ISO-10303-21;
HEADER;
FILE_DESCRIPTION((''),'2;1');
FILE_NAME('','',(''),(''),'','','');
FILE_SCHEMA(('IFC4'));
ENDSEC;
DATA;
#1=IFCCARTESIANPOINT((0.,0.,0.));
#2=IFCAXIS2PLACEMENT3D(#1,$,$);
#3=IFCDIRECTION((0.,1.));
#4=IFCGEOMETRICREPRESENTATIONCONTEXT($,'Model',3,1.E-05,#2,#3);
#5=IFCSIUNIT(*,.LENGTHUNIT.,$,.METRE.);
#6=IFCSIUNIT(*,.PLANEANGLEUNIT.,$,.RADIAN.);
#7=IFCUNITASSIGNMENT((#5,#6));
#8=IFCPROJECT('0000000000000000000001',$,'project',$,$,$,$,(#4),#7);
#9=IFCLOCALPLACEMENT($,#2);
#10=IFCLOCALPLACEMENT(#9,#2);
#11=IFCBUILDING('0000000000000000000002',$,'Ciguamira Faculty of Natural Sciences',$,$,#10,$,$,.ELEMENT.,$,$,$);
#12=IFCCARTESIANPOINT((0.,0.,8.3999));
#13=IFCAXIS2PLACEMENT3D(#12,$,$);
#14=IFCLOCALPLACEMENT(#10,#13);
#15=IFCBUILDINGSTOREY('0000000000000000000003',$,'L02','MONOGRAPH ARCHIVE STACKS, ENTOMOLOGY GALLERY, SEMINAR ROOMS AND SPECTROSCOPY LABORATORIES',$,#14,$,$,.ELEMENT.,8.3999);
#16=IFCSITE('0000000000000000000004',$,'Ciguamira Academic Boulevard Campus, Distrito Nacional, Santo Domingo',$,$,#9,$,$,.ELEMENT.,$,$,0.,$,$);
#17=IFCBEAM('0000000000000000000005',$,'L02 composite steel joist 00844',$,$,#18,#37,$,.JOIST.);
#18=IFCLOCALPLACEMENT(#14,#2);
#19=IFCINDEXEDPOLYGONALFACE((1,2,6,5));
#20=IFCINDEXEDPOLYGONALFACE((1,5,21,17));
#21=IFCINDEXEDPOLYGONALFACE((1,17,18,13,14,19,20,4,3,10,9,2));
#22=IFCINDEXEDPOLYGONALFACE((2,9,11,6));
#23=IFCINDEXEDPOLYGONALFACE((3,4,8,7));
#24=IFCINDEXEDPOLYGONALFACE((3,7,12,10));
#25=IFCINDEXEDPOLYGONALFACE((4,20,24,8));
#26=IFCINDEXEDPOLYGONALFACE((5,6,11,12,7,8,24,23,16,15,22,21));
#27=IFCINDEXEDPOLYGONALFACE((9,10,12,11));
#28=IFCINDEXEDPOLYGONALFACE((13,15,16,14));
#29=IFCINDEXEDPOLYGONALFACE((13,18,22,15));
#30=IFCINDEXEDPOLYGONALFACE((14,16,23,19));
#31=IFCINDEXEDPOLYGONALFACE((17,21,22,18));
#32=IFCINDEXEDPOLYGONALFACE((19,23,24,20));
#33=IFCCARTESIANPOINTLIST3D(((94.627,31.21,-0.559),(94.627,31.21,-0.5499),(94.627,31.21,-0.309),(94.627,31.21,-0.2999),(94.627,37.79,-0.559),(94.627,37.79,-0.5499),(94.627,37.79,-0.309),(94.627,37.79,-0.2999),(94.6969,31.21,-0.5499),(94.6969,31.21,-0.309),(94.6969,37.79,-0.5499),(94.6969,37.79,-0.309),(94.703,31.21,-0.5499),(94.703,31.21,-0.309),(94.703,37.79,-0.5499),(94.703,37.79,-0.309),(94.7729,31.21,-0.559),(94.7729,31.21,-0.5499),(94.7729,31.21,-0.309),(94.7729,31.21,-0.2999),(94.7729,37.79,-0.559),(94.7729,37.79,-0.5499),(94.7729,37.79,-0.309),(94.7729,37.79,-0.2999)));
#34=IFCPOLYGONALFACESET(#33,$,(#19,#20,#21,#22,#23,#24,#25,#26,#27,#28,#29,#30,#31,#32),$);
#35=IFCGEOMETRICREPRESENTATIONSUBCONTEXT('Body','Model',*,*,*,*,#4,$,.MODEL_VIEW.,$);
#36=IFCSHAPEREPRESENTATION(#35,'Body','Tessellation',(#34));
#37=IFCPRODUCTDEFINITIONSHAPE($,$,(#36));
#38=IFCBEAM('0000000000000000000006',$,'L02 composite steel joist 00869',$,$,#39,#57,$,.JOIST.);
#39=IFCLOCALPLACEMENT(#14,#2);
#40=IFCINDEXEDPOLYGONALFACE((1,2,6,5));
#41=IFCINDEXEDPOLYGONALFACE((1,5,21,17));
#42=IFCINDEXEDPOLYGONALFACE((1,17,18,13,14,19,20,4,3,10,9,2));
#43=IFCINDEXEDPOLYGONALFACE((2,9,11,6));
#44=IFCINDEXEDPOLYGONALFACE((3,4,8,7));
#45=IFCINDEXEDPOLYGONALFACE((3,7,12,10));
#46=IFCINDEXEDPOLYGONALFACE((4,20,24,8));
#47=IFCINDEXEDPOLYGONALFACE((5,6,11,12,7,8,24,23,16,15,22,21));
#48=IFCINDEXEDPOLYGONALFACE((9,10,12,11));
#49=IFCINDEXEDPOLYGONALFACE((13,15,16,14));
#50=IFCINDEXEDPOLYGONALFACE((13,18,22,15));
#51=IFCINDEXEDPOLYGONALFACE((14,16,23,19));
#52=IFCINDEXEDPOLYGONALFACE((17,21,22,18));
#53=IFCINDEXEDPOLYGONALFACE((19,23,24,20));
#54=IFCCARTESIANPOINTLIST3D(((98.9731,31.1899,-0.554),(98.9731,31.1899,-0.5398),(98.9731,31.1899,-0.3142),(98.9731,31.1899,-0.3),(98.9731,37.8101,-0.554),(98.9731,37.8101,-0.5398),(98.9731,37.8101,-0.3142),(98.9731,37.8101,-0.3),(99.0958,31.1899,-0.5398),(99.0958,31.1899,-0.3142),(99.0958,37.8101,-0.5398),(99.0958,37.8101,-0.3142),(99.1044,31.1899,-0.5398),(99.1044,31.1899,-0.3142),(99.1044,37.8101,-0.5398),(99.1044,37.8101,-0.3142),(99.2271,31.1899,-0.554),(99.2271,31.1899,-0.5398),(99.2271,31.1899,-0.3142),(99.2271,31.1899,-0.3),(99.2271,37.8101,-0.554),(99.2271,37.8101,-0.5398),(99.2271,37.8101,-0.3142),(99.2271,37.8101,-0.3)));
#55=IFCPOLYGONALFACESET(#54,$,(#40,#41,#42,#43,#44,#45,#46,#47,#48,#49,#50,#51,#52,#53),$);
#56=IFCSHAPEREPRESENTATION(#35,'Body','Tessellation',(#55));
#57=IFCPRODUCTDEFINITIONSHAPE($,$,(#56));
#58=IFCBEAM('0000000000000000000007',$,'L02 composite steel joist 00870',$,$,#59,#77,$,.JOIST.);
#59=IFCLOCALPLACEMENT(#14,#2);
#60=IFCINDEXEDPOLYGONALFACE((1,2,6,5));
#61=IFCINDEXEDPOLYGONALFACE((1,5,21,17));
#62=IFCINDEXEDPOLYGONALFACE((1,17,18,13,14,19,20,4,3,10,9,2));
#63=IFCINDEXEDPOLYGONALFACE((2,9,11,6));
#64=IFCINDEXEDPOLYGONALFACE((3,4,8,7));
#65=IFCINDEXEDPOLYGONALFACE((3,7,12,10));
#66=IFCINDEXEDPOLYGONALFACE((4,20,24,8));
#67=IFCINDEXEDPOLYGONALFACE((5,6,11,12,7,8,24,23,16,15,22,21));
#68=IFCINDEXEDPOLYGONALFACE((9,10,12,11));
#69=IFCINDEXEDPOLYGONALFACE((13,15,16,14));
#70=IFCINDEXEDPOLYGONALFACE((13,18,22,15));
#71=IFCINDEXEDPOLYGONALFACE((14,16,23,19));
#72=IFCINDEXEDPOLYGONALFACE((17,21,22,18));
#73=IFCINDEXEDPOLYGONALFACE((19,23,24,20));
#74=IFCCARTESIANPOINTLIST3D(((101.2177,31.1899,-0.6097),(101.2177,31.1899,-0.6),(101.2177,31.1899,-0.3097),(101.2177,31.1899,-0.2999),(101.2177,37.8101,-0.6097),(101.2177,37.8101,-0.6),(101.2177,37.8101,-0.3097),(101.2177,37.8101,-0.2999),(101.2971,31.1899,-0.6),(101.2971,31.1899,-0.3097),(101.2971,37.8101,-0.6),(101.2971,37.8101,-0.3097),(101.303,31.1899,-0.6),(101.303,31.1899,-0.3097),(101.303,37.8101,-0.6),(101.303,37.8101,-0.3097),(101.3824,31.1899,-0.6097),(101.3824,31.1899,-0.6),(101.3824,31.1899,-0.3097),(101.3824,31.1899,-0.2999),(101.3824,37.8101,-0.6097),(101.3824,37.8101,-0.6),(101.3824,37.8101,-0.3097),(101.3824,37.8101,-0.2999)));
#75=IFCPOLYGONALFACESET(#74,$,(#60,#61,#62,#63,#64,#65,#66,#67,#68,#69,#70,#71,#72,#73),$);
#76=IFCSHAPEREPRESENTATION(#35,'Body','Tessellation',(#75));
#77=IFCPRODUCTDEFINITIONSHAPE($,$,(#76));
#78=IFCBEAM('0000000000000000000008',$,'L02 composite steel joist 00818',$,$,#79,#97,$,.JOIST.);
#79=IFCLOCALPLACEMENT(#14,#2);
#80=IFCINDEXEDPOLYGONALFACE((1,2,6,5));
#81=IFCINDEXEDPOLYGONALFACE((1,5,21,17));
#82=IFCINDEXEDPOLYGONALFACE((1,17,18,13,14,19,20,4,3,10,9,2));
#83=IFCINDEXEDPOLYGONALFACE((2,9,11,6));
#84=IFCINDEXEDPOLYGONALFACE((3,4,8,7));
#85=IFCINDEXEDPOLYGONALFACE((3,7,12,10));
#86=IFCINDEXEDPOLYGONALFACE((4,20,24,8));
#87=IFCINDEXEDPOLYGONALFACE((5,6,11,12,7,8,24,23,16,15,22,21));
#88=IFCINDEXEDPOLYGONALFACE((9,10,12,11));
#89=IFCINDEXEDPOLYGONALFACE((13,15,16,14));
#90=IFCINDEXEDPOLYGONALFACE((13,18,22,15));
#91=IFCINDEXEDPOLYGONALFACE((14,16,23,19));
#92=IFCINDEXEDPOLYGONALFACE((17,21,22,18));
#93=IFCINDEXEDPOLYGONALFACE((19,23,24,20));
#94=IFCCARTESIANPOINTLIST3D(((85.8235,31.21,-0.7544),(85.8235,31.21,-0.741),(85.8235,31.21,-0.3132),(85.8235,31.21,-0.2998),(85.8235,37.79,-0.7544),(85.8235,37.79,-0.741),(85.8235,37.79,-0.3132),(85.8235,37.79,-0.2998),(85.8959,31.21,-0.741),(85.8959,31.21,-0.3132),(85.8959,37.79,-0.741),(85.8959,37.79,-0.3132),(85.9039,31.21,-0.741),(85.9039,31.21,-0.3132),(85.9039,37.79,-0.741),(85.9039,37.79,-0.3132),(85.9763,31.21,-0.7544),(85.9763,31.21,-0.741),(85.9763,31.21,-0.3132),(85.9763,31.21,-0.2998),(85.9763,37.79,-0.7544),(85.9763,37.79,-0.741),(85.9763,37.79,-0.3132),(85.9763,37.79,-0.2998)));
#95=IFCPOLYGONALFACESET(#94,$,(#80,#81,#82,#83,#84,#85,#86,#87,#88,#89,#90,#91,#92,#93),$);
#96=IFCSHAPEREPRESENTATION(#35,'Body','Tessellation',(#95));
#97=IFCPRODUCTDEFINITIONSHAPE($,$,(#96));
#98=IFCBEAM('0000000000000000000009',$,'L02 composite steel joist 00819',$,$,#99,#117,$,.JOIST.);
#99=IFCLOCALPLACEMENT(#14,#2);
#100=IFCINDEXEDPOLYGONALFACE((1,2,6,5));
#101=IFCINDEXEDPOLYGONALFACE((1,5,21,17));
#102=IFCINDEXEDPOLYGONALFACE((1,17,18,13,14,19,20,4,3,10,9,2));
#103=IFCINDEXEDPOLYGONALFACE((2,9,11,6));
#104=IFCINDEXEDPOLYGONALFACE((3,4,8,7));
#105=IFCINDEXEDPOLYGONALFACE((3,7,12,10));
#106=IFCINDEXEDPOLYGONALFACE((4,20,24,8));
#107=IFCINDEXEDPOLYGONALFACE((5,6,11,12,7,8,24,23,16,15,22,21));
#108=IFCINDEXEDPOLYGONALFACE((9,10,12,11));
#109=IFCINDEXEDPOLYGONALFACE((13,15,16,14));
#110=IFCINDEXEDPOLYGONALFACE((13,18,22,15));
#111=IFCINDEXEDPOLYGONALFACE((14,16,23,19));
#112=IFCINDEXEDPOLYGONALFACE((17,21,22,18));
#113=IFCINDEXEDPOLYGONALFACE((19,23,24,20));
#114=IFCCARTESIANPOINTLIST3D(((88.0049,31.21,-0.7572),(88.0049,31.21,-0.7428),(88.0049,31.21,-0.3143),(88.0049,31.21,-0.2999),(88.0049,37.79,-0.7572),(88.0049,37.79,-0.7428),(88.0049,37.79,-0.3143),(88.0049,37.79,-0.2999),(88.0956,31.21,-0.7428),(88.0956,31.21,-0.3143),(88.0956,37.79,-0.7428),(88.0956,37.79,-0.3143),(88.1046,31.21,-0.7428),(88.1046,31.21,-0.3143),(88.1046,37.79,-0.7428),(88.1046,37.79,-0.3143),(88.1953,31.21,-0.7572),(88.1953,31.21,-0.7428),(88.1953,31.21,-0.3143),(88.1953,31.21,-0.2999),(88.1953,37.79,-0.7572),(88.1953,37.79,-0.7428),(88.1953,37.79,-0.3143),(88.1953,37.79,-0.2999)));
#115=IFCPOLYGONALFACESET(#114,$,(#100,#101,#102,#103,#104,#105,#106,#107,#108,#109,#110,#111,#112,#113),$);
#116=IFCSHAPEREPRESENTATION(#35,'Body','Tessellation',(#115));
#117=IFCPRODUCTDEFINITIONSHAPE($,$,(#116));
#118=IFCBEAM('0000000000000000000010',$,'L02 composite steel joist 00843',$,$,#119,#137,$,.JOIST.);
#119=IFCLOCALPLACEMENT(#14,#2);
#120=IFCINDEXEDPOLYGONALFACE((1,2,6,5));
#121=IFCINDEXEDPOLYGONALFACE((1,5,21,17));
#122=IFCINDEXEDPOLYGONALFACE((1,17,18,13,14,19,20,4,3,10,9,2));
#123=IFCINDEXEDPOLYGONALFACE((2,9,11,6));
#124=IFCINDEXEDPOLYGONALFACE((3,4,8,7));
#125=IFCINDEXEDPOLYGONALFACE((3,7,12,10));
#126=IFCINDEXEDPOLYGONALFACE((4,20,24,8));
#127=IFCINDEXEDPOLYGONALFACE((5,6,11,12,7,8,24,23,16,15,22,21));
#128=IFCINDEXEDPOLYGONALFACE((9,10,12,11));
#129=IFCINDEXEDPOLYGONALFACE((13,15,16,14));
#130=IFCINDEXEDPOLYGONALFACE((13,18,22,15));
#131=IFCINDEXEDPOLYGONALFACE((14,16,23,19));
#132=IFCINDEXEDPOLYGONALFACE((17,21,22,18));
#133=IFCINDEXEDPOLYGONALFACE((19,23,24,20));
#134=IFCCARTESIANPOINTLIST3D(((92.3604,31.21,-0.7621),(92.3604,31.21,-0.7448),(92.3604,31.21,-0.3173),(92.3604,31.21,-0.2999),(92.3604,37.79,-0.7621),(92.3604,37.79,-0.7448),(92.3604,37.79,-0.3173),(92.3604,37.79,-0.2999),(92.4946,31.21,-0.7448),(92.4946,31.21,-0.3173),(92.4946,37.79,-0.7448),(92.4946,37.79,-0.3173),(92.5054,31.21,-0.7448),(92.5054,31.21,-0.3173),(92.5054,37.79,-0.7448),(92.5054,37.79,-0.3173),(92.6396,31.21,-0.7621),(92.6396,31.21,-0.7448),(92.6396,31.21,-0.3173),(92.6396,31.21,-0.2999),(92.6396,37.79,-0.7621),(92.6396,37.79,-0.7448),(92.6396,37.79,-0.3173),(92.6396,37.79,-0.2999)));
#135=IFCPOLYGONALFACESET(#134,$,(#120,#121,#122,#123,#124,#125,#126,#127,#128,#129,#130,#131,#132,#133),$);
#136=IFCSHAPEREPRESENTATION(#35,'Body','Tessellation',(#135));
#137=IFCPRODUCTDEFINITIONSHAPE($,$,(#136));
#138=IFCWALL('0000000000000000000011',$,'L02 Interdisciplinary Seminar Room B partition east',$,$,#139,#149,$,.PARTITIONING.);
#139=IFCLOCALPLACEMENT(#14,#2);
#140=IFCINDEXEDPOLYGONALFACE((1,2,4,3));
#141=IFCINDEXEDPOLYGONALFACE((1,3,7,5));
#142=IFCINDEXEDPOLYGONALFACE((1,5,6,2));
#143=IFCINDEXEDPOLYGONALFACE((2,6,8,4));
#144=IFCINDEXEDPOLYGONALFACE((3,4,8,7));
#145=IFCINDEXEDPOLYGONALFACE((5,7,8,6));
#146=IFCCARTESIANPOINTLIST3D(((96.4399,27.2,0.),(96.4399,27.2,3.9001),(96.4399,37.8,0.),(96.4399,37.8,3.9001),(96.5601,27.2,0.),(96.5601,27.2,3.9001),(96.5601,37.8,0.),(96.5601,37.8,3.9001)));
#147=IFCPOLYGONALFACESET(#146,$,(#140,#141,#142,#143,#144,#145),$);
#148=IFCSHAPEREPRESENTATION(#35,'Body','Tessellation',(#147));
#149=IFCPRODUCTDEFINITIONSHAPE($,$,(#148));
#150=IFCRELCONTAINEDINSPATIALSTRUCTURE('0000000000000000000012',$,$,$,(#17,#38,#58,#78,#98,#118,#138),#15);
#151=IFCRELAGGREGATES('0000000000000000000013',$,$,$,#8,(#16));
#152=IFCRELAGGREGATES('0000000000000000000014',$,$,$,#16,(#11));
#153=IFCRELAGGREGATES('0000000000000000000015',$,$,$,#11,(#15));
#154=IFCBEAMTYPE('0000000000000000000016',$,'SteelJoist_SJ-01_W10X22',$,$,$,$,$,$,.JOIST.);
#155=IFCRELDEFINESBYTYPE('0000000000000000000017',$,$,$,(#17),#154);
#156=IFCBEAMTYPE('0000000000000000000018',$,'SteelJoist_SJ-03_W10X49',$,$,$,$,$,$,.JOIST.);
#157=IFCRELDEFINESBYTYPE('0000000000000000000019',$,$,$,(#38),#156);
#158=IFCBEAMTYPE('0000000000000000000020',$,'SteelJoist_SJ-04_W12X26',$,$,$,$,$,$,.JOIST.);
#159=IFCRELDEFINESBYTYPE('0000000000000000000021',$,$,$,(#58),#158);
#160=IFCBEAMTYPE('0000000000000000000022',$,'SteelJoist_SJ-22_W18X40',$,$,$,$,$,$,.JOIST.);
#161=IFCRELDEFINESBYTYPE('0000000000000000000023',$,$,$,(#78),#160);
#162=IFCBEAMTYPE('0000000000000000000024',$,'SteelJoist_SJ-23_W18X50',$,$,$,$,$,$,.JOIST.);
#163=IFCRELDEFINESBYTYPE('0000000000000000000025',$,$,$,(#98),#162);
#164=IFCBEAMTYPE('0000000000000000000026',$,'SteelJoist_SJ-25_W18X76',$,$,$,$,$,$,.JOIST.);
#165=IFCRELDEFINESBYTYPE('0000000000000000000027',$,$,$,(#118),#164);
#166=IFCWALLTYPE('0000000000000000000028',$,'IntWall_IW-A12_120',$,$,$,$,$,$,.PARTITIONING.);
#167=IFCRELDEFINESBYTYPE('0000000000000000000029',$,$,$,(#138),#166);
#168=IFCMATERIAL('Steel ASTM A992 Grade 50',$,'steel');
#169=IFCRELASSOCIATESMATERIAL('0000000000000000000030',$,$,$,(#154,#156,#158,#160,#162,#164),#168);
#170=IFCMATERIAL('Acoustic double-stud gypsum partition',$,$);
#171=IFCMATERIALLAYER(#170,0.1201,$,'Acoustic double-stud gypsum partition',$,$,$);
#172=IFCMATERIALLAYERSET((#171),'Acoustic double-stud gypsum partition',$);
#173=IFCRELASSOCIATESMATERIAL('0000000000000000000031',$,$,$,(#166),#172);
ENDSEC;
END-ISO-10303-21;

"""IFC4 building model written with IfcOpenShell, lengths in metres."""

from ifc_helpers import new_model, si_unit, direction, frame, frame_2d, origin, origin_2d, place, context, subcontext, project, spatial, rectangle, i_section, extrude, material, layer, layer_set, material_profile, profile_set, type_object, element, save


model = new_model("IFC4")

# Units and contexts
model_context = context("Model", 3, precision=1e-05, world=origin(), true_north=direction((0.0, 1.0)))
body_context = subcontext(model_context, "Body", "Model", "MODEL_VIEW")
ifc_project = project(units=[si_unit("LENGTHUNIT", "METRE"), si_unit("PLANEANGLEUNIT", "RADIAN")], contexts=[model_context])

# Site, building, storey
site_placement = place(None, origin())
site = spatial("IfcSite", under=ifc_project, at=site_placement, Name="Ciguamira Academic Boulevard Campus, Distrito Nacional, Santo Domingo", CompositionType="ELEMENT", RefElevation=0.0)
building_placement = place(site_placement, origin())
building = spatial("IfcBuilding", under=site, at=building_placement, Name="Ciguamira Faculty of Natural Sciences", CompositionType="ELEMENT")
storey_placement = place(building_placement, frame((0.0, 0.0, 8.3999)))
storey = spatial("IfcBuildingStorey", under=building, at=storey_placement, Name="L02", Description="MONOGRAPH ARCHIVE STACKS, ENTOMOLOGY GALLERY, SEMINAR ROOMS AND SPECTROSCOPY LABORATORIES", CompositionType="ELEMENT", Elevation=8.3999)

# Beams
ifc_material_1 = material(Name="Steel ASTM A992 Grade 50", Category="steel")
ifc_material_profile_1 = material_profile(ifc_material_1, i_section(OverallWidth=0.146, OverallDepth=0.259, WebThickness=0.0061, FlangeThickness=0.009, at=origin_2d()), Name="W10X22")
ifc_profile_set_1 = profile_set([ifc_material_profile_1], Name="Steel ASTM A992 Grade 50")
beam_type_1 = type_object("IfcBeamType", Name="SteelJoist_SJ-01_W10X22", PredefinedType="JOIST", material=ifc_profile_set_1)
beam_1_placement = place(storey_placement, frame((94.7, 31.21, -0.4294), z_axis=(0.0, 1.0, 0.0), x_axis=(-1.0, 0.0, 0.0)))
element("IfcBeam", 1, at=beam_1_placement, inside=storey, type_object=beam_type_1, Name="L02 composite steel joist 00844", PredefinedType="JOIST", context=body_context, shape_type="SweptSolid", body=[
    extrude(i_section(OverallWidth=0.146, OverallDepth=0.259, WebThickness=0.0061, FlangeThickness=0.009, at=origin_2d()), origin(), (0.0, 0.0, 1.0), 6.5801),
])
ifc_material_profile_2 = material_profile(ifc_material_1, i_section(OverallWidth=0.2539, OverallDepth=0.2539, WebThickness=0.0085, FlangeThickness=0.0142, at=origin_2d()), Name="W10X49")
ifc_profile_set_2 = profile_set([ifc_material_profile_2], Name="Steel ASTM A992 Grade 50")
beam_type_2 = type_object("IfcBeamType", Name="SteelJoist_SJ-03_W10X49", PredefinedType="JOIST", material=ifc_profile_set_2)
beam_2_placement = place(storey_placement, frame((99.1001, 31.1899, -0.427), z_axis=(0.0, 1.0, 0.0), x_axis=(-1.0, 0.0, 0.0)))
element("IfcBeam", 2, at=beam_2_placement, inside=storey, type_object=beam_type_2, Name="L02 composite steel joist 00869", PredefinedType="JOIST", context=body_context, shape_type="SweptSolid", body=[
    extrude(i_section(OverallWidth=0.2539, OverallDepth=0.2539, WebThickness=0.0085, FlangeThickness=0.0142, at=origin_2d()), origin(), (0.0, 0.0, 1.0), 6.6201),
])
ifc_material_profile_3 = material_profile(ifc_material_1, i_section(OverallWidth=0.1648, OverallDepth=0.3098, WebThickness=0.0059, FlangeThickness=0.0098, at=origin_2d()), Name="W12X26")
ifc_profile_set_3 = profile_set([ifc_material_profile_3], Name="Steel ASTM A992 Grade 50")
beam_type_3 = type_object("IfcBeamType", Name="SteelJoist_SJ-04_W12X26", PredefinedType="JOIST", material=ifc_profile_set_3)
beam_3_placement = place(storey_placement, frame((101.3, 31.1899, -0.4548), z_axis=(0.0, 1.0, 0.0), x_axis=(-1.0, 0.0, 0.0)))
element("IfcBeam", 3, at=beam_3_placement, inside=storey, type_object=beam_type_3, Name="L02 composite steel joist 00870", PredefinedType="JOIST", context=body_context, shape_type="SweptSolid", body=[
    extrude(i_section(OverallWidth=0.1648, OverallDepth=0.3098, WebThickness=0.0059, FlangeThickness=0.0098, at=origin_2d()), origin(), (0.0, 0.0, 1.0), 6.6201),
])
ifc_material_profile_4 = material_profile(ifc_material_1, i_section(OverallWidth=0.1528, OverallDepth=0.4546, WebThickness=0.0081, FlangeThickness=0.0134, at=origin_2d()), Name="W18X40")
ifc_profile_set_4 = profile_set([ifc_material_profile_4], Name="Steel ASTM A992 Grade 50")
beam_type_4 = type_object("IfcBeamType", Name="SteelJoist_SJ-22_W18X40", PredefinedType="JOIST", material=ifc_profile_set_4)
beam_4_placement = place(storey_placement, frame((85.8999, 31.21, -0.5271), z_axis=(0.0, 1.0, 0.0), x_axis=(-1.0, 0.0, 0.0)))
element("IfcBeam", 4, at=beam_4_placement, inside=storey, type_object=beam_type_4, Name="L02 composite steel joist 00818", PredefinedType="JOIST", context=body_context, shape_type="SweptSolid", body=[
    extrude(i_section(OverallWidth=0.1528, OverallDepth=0.4546, WebThickness=0.0081, FlangeThickness=0.0134, at=origin_2d()), origin(), (0.0, 0.0, 1.0), 6.5801),
])
ifc_material_profile_5 = material_profile(ifc_material_1, i_section(OverallWidth=0.1904, OverallDepth=0.4573, WebThickness=0.009, FlangeThickness=0.0144, at=origin_2d()), Name="W18X50")
ifc_profile_set_5 = profile_set([ifc_material_profile_5], Name="Steel ASTM A992 Grade 50")
beam_type_5 = type_object("IfcBeamType", Name="SteelJoist_SJ-23_W18X50", PredefinedType="JOIST", material=ifc_profile_set_5)
beam_5_placement = place(storey_placement, frame((88.1001, 31.21, -0.5286), z_axis=(0.0, 1.0, 0.0), x_axis=(-1.0, 0.0, 0.0)))
element("IfcBeam", 5, at=beam_5_placement, inside=storey, type_object=beam_type_5, Name="L02 composite steel joist 00819", PredefinedType="JOIST", context=body_context, shape_type="SweptSolid", body=[
    extrude(i_section(OverallWidth=0.1904, OverallDepth=0.4573, WebThickness=0.009, FlangeThickness=0.0144, at=origin_2d()), origin(), (0.0, 0.0, 1.0), 6.5801),
])
ifc_material_profile_6 = material_profile(ifc_material_1, i_section(OverallWidth=0.2793, OverallDepth=0.4622, WebThickness=0.0107, FlangeThickness=0.0173, at=origin_2d()), Name="W18X76")
ifc_profile_set_6 = profile_set([ifc_material_profile_6], Name="Steel ASTM A992 Grade 50")
beam_type_6 = type_object("IfcBeamType", Name="SteelJoist_SJ-25_W18X76", PredefinedType="JOIST", material=ifc_profile_set_6)
beam_6_placement = place(storey_placement, frame((92.5, 31.21, -0.531), z_axis=(0.0, 1.0, 0.0), x_axis=(-1.0, 0.0, 0.0)))
element("IfcBeam", 6, at=beam_6_placement, inside=storey, type_object=beam_type_6, Name="L02 composite steel joist 00843", PredefinedType="JOIST", context=body_context, shape_type="SweptSolid", body=[
    extrude(i_section(OverallWidth=0.2793, OverallDepth=0.4622, WebThickness=0.0107, FlangeThickness=0.0173, at=origin_2d()), origin(), (0.0, 0.0, 1.0), 6.5801),
])

# Wall
ifc_material_2 = material(Name="Acoustic double-stud gypsum partition")
ifc_layer = layer(ifc_material_2, 0.1201, Name="Acoustic double-stud gypsum partition")
ifc_layer_set = layer_set([ifc_layer], Name="Acoustic double-stud gypsum partition")
wall_type = type_object("IfcWallType", Name="IntWall_IW-A12_120", PredefinedType="PARTITIONING", material=ifc_layer_set)
wall_placement = place(storey_placement, frame((96.5, 27.2, 0.0), z_axis=(0.0, 0.0, 1.0), x_axis=(0.0, 1.0, 0.0)))
element("IfcWall", 7, at=wall_placement, inside=storey, type_object=wall_type, Name="L02 Interdisciplinary Seminar Room B partition east", PredefinedType="PARTITIONING", context=body_context, shape_type="SweptSolid", body=[
    extrude(rectangle(XDim=10.6001, YDim=0.1201, at=frame_2d((5.3, 0.0))), origin(), (0.0, 0.0, 1.0), 3.9001),
])

save(model, "model.ifc")
